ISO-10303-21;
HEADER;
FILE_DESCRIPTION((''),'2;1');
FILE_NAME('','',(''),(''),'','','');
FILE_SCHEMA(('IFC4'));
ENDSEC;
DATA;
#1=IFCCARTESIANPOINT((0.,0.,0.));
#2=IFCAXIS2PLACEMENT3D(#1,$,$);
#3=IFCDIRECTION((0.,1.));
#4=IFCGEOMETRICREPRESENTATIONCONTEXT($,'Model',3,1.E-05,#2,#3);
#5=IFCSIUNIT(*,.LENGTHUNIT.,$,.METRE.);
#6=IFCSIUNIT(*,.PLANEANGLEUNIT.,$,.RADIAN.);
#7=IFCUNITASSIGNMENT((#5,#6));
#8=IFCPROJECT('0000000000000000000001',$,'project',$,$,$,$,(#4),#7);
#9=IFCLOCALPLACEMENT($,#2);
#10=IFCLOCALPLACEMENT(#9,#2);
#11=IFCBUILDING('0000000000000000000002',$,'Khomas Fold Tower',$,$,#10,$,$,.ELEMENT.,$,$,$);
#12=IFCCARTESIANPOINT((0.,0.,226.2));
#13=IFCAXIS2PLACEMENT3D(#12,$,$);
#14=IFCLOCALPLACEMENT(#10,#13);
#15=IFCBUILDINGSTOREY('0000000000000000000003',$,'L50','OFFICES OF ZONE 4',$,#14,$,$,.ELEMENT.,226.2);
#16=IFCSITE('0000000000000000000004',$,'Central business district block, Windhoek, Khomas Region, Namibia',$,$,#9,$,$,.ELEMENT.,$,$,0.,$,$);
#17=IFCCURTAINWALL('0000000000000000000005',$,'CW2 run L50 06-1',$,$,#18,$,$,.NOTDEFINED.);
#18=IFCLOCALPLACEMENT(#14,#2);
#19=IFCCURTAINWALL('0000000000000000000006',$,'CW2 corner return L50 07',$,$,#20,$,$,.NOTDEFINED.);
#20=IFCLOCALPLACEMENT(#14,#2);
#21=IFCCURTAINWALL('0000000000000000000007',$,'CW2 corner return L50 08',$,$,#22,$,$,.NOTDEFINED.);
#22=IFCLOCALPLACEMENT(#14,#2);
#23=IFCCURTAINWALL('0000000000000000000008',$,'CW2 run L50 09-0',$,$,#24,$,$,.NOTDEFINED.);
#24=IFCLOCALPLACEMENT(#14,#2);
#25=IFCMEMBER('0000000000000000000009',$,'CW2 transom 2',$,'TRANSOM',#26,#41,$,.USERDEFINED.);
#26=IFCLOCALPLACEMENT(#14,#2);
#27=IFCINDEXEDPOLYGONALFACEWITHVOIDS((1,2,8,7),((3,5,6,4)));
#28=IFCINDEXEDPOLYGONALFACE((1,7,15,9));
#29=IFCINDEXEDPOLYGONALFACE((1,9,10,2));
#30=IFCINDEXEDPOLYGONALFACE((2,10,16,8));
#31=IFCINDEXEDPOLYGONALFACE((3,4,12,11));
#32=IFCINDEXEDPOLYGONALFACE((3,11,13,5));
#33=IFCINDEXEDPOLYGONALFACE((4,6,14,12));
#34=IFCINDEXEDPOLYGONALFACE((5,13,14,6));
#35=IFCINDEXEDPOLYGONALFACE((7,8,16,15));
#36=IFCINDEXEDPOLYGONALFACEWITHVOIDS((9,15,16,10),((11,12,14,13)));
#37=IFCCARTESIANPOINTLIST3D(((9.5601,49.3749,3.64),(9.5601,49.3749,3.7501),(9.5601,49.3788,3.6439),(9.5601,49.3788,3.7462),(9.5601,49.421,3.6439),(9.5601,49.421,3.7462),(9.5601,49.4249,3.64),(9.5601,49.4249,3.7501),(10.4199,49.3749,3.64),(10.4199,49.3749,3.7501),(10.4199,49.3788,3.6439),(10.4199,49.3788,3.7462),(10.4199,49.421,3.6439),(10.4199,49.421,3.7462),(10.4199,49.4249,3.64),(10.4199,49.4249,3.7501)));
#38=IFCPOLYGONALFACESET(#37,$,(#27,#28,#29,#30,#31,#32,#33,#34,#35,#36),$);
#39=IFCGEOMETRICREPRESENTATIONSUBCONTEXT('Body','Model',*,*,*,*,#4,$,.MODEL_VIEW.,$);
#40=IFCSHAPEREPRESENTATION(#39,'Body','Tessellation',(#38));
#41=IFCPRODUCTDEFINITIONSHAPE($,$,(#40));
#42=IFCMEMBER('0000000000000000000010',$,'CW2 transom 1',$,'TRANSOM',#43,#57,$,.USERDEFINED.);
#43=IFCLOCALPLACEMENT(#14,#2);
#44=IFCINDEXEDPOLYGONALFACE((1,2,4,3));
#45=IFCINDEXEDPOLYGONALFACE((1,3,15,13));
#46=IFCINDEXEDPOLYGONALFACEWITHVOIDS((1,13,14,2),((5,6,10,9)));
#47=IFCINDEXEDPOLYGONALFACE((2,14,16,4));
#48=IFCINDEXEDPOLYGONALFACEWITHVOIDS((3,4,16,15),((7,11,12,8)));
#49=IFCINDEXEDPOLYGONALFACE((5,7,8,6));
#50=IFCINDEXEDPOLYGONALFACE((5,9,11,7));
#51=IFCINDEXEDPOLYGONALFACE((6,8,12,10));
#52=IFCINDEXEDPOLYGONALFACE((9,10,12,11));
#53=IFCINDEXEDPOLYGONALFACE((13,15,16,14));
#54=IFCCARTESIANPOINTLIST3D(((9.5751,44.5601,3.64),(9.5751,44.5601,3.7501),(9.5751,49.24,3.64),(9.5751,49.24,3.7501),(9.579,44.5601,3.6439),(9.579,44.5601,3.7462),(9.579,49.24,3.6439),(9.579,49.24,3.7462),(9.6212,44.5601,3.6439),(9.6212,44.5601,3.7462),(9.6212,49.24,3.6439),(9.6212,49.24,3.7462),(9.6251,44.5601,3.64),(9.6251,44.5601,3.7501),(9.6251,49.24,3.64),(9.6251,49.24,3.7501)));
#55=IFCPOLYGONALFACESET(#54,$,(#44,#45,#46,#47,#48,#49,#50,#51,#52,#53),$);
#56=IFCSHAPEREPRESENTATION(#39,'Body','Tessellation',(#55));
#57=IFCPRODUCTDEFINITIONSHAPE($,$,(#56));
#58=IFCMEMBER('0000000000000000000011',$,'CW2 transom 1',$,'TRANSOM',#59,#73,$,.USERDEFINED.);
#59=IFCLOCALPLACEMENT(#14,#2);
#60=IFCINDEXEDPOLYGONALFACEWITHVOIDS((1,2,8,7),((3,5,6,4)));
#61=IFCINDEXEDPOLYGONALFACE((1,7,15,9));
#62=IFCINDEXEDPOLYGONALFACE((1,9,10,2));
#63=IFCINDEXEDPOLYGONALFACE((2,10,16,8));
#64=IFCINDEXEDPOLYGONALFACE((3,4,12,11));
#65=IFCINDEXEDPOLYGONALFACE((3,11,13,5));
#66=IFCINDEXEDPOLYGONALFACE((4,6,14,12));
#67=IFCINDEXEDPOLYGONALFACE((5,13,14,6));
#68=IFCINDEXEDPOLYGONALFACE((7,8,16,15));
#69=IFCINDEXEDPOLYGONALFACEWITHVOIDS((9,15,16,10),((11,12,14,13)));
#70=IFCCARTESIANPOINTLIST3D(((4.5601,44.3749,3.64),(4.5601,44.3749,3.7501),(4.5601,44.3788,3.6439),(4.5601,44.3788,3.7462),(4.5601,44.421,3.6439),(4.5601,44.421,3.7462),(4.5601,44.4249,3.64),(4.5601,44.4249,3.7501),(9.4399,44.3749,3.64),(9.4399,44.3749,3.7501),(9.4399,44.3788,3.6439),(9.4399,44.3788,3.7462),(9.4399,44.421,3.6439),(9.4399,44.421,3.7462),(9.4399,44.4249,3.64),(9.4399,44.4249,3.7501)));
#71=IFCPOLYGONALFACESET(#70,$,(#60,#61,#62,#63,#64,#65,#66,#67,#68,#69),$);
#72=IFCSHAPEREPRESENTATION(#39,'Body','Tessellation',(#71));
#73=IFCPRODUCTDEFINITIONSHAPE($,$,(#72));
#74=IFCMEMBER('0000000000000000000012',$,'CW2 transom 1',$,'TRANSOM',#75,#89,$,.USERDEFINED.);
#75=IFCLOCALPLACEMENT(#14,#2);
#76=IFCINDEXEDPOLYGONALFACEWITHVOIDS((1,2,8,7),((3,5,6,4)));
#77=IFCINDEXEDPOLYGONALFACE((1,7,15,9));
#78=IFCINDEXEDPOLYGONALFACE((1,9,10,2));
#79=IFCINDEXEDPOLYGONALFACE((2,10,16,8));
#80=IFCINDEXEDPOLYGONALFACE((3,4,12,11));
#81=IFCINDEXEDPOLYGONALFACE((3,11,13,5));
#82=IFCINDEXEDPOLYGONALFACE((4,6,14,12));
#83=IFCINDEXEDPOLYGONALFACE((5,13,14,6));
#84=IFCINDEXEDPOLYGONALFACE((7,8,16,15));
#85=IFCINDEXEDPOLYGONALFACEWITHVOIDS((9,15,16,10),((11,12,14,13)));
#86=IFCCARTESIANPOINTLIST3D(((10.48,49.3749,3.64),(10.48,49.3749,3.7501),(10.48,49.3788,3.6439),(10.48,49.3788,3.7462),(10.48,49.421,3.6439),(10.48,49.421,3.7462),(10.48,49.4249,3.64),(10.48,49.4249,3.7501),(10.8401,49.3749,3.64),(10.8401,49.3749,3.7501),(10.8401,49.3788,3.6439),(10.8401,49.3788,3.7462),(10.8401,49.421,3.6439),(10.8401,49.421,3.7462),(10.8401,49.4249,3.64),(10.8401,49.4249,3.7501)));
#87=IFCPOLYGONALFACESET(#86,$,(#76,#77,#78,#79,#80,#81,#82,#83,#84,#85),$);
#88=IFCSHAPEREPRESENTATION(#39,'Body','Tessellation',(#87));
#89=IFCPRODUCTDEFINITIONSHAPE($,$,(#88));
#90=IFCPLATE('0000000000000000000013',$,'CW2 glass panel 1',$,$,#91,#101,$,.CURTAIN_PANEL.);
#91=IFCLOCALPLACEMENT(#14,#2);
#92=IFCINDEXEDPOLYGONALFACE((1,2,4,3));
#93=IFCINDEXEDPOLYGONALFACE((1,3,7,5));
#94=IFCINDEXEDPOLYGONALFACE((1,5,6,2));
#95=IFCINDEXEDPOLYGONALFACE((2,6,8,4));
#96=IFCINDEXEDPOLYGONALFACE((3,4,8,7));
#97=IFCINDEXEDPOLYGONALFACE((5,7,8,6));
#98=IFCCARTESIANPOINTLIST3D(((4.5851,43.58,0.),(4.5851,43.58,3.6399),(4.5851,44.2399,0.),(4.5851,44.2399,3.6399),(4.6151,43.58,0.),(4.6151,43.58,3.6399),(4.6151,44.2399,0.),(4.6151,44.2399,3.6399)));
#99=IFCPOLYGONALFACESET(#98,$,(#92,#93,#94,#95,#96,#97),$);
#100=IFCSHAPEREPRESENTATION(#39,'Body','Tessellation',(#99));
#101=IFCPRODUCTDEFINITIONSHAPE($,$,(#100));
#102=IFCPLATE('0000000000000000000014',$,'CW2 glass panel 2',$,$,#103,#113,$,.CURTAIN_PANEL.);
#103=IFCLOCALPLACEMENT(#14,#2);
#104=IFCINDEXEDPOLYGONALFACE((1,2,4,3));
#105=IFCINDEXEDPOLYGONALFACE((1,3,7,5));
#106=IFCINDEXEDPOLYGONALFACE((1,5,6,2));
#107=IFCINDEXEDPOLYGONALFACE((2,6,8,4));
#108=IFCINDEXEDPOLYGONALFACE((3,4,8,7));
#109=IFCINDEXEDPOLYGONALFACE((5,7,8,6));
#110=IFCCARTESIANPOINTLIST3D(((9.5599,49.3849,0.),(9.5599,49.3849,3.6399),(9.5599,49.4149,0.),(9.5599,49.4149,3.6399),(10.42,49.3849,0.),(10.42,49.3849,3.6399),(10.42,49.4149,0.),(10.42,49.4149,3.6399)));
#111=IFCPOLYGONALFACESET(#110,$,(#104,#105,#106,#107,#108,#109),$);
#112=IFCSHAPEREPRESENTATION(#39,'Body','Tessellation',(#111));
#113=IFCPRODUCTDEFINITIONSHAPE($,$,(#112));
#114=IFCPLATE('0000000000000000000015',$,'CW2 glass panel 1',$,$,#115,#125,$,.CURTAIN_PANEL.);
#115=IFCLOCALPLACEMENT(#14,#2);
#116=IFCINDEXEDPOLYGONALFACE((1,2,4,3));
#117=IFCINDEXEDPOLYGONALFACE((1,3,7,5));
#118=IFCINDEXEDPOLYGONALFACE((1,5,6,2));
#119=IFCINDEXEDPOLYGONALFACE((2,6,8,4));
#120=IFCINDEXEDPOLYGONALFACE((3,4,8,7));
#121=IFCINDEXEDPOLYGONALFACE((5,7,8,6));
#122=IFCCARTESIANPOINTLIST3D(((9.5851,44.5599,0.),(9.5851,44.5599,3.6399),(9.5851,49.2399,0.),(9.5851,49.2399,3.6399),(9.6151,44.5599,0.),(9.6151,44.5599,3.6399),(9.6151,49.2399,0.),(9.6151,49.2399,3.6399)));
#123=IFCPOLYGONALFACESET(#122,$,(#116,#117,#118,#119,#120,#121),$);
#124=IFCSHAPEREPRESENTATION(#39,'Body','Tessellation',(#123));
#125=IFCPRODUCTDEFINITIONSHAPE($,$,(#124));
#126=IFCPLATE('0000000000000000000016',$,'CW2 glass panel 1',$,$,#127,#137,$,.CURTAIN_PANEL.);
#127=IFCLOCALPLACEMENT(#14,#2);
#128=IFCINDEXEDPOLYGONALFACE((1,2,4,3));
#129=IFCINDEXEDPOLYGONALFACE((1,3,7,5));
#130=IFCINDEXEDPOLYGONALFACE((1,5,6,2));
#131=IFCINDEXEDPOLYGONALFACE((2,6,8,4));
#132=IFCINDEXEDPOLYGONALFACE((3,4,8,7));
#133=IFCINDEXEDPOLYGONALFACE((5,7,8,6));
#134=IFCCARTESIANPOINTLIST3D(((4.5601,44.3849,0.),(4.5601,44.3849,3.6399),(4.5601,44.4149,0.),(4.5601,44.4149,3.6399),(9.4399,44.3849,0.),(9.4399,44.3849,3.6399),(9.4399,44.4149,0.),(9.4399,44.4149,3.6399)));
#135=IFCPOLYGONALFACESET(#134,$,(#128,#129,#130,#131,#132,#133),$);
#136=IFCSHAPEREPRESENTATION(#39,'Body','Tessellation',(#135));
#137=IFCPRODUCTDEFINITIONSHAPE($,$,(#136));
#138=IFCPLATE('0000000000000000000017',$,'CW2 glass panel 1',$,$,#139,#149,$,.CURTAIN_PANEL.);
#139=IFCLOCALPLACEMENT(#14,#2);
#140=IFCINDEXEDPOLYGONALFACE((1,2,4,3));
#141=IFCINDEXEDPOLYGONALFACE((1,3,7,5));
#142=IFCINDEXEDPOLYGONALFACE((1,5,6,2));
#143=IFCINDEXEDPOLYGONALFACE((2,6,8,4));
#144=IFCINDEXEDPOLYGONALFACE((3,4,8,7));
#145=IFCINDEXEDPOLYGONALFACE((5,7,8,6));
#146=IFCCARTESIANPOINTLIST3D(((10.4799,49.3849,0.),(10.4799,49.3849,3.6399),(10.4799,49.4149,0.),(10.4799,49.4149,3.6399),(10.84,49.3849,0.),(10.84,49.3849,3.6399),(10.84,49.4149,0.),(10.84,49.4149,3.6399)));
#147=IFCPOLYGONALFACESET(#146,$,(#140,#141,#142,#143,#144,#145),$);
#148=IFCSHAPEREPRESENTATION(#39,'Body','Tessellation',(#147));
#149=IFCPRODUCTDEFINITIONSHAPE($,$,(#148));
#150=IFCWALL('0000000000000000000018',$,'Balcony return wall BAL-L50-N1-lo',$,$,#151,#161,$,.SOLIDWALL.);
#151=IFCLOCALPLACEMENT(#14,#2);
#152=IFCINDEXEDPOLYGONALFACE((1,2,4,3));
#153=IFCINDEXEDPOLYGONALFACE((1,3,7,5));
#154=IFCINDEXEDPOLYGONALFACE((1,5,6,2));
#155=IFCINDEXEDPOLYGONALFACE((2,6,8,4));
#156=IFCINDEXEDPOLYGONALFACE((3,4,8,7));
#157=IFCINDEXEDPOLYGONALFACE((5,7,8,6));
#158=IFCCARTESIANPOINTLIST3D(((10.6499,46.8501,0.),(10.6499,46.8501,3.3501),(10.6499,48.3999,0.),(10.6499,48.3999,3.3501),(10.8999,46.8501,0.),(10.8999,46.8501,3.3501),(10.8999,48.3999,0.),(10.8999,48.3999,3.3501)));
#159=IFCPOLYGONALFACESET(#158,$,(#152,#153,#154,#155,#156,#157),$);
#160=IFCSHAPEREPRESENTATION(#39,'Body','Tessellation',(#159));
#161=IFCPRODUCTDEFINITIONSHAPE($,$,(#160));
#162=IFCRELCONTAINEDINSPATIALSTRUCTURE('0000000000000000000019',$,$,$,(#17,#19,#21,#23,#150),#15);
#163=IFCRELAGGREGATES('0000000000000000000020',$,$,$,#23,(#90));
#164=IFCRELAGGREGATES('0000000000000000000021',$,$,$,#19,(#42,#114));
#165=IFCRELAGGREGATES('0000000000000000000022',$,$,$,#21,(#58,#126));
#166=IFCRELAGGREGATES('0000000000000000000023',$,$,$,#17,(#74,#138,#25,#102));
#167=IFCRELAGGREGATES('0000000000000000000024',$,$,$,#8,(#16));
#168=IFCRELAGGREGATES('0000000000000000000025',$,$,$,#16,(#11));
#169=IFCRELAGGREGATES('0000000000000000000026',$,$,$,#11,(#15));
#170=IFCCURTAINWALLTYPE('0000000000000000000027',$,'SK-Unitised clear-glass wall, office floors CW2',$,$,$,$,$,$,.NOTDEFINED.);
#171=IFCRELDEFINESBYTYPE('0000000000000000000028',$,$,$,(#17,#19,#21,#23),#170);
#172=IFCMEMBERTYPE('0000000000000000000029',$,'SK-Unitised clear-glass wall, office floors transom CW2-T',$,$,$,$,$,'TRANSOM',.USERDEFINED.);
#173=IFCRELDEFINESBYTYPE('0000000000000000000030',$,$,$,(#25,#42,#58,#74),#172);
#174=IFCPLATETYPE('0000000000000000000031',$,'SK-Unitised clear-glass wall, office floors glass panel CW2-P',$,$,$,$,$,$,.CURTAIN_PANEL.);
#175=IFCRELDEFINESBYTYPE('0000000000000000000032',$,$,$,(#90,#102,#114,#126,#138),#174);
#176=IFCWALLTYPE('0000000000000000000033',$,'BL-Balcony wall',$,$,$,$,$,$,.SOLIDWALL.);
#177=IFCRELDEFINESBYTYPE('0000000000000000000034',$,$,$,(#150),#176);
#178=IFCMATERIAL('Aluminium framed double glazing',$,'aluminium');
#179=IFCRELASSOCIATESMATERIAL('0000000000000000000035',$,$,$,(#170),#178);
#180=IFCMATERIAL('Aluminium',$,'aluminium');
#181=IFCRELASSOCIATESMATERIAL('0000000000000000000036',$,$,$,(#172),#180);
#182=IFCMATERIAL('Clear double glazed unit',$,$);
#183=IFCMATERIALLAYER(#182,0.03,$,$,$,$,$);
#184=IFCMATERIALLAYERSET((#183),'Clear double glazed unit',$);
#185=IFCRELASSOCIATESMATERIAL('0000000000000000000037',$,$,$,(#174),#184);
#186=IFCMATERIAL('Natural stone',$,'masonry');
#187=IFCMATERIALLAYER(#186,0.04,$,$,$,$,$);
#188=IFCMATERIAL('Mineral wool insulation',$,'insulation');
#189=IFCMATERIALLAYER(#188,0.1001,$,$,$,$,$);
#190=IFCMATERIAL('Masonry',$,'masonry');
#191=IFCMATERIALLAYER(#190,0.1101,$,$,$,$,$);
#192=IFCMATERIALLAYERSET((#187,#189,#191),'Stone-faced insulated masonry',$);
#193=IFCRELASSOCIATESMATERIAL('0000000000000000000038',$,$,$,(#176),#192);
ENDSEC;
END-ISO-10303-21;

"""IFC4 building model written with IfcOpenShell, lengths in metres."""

from ifc_helpers import new_model, si_unit, direction, frame, frame_2d, origin, origin_2d, place, context, subcontext, project, spatial, rectangle, hollow_rectangle, extrude, source, transform, mapped, material, layer, layer_set, material_profile, profile_set, type_object, element, aggregate, save


model = new_model("IFC4")

# Units and contexts
model_context = context("Model", 3, precision=1e-05, world=origin(), true_north=direction((0.0, 1.0)))
body_context = subcontext(model_context, "Body", "Model", "MODEL_VIEW")
ifc_project = project(units=[si_unit("LENGTHUNIT", "METRE"), si_unit("PLANEANGLEUNIT", "RADIAN")], contexts=[model_context])

# Site, building, storey
site_placement = place(None, origin())
site = spatial("IfcSite", under=ifc_project, at=site_placement, Name="Central business district block, Windhoek, Khomas Region, Namibia", CompositionType="ELEMENT", RefElevation=0.0)
building_placement = place(site_placement, origin())
building = spatial("IfcBuilding", under=site, at=building_placement, Name="Khomas Fold Tower", CompositionType="ELEMENT")
storey_placement = place(building_placement, frame((0.0, 0.0, 226.2)))
storey = spatial("IfcBuildingStorey", under=building, at=storey_placement, Name="L50", Description="OFFICES OF ZONE 4", CompositionType="ELEMENT", Elevation=226.2)

# Curtain walls
ifc_material_1 = material(Name="Aluminium framed double glazing", Category="aluminium")
curtain_wall_type = type_object("IfcCurtainWallType", Name="SK-Unitised clear-glass wall, office floors CW2", PredefinedType="NOTDEFINED", material=ifc_material_1)
curtain_wall_1_placement = place(storey_placement, origin())
curtain_wall_1 = element("IfcCurtainWall", 1, at=curtain_wall_1_placement, inside=storey, type_object=curtain_wall_type, Name="CW2 run L50 06-1", PredefinedType="NOTDEFINED")
curtain_wall_2_placement = place(storey_placement, origin())
curtain_wall_2 = element("IfcCurtainWall", 2, at=curtain_wall_2_placement, inside=storey, type_object=curtain_wall_type, Name="CW2 corner return L50 07", PredefinedType="NOTDEFINED")
curtain_wall_3_placement = place(storey_placement, origin())
curtain_wall_3 = element("IfcCurtainWall", 3, at=curtain_wall_3_placement, inside=storey, type_object=curtain_wall_type, Name="CW2 corner return L50 08", PredefinedType="NOTDEFINED")

# Curtain wall
curtain_wall_4_placement = place(storey_placement, origin())
curtain_wall_4 = element("IfcCurtainWall", 4, at=curtain_wall_4_placement, inside=storey, type_object=curtain_wall_type, Name="CW2 run L50 09-0", PredefinedType="NOTDEFINED")
ifc_material_2 = material(Name="Aluminium", Category="aluminium")
ifc_material_profile_1 = material_profile(ifc_material_2, hollow_rectangle(XDim=0.05, YDim=0.1101, WallThickness=0.0039, at=origin_2d()), Name="SK-Unitised clear-glass wall, office floors transom CW2-T")
ifc_profile_set_1 = profile_set([ifc_material_profile_1], Name="Aluminium")
member_type_1 = type_object("IfcMemberType", Name="SK-Unitised clear-glass wall, office floors transom CW2-T", ElementType="TRANSOM", PredefinedType="USERDEFINED", material=ifc_profile_set_1)

# Members
shared_shape_1 = source(origin(), body_context, "Body", "SweptSolid", [
    extrude(hollow_rectangle(XDim=0.05, YDim=0.1101, WallThickness=0.0039, at=origin_2d()), origin(), (0.0, 0.0, 1.0), 0.8599),
])
member_1_placement = place(storey_placement, frame((10.4199, 49.3999, 3.6951), z_axis=(-1.0, 0.0, 0.0), x_axis=(0.0, -1.0, 0.0)))
member_1 = element("IfcMember", 5, at=member_1_placement, type_object=member_type_1, Name="CW2 transom 2", ObjectType="TRANSOM", PredefinedType="USERDEFINED", context=body_context, shape_type="MappedRepresentation", body=[
    mapped(shared_shape_1, transform((0.0, 0.0, 0.0))),
])
shared_shape_2 = source(origin(), body_context, "Body", "SweptSolid", [
    extrude(hollow_rectangle(XDim=0.05, YDim=0.1101, WallThickness=0.0039, at=origin_2d()), origin(), (0.0, 0.0, 1.0), 4.6799),
])
member_2_placement = place(storey_placement, frame((9.6001, 49.24, 3.6951), z_axis=(0.0, -1.0, 0.0), x_axis=(1.0, 0.0, 0.0)))
member_2 = element("IfcMember", 6, at=member_2_placement, type_object=member_type_1, Name="CW2 transom 1", ObjectType="TRANSOM", PredefinedType="USERDEFINED", context=body_context, shape_type="MappedRepresentation", body=[
    mapped(shared_shape_2, transform((0.0, 0.0, 0.0))),
])
shared_shape_3 = source(origin(), body_context, "Body", "SweptSolid", [
    extrude(hollow_rectangle(XDim=0.05, YDim=0.1101, WallThickness=0.0039, at=origin_2d()), origin(), (0.0, 0.0, 1.0), 4.8799),
])
member_3_placement = place(storey_placement, frame((9.4399, 44.3999, 3.6951), z_axis=(-1.0, 0.0, 0.0), x_axis=(0.0, -1.0, 0.0)))
member_3 = element("IfcMember", 7, at=member_3_placement, type_object=member_type_1, Name="CW2 transom 1", ObjectType="TRANSOM", PredefinedType="USERDEFINED", context=body_context, shape_type="MappedRepresentation", body=[
    mapped(shared_shape_3, transform((0.0, 0.0, 0.0))),
])
shared_shape_4 = source(origin(), body_context, "Body", "SweptSolid", [
    extrude(hollow_rectangle(XDim=0.05, YDim=0.1101, WallThickness=0.0039, at=origin_2d()), origin(), (0.0, 0.0, 1.0), 0.3601),
])
member_4_placement = place(storey_placement, frame((10.8401, 49.3999, 3.6951), z_axis=(-1.0, 0.0, 0.0), x_axis=(0.0, -1.0, 0.0)))
member_4 = element("IfcMember", 8, at=member_4_placement, type_object=member_type_1, Name="CW2 transom 1", ObjectType="TRANSOM", PredefinedType="USERDEFINED", context=body_context, shape_type="MappedRepresentation", body=[
    mapped(shared_shape_4, transform((0.0, 0.0, 0.0))),
])

# Plates
ifc_material_3 = material(Name="Clear double glazed unit")
ifc_layer_1 = layer(ifc_material_3, 0.03)
ifc_layer_set_1 = layer_set([ifc_layer_1], Name="Clear double glazed unit")
plate_type = type_object("IfcPlateType", Name="SK-Unitised clear-glass wall, office floors glass panel CW2-P", PredefinedType="CURTAIN_PANEL", material=ifc_layer_set_1)
shared_shape_5 = source(origin(), body_context, "Body", "SweptSolid", [
    extrude(rectangle(XDim=0.6599, YDim=0.03, at=origin_2d()), origin(), (0.0, 0.0, 1.0), 3.6399),
])
plate_1_placement = place(storey_placement, frame((4.6001, 43.9099, 0.0), z_axis=(0.0, 0.0, 1.0), x_axis=(0.0, -1.0, 0.0)))
plate_1 = element("IfcPlate", 9, at=plate_1_placement, type_object=plate_type, Name="CW2 glass panel 1", PredefinedType="CURTAIN_PANEL", context=body_context, shape_type="MappedRepresentation", body=[
    mapped(shared_shape_5, transform((0.0, 0.0, 0.0))),
])
aggregate(curtain_wall_4, [plate_1])
shared_shape_6 = source(origin(), body_context, "Body", "SweptSolid", [
    extrude(rectangle(XDim=0.8601, YDim=0.03, at=origin_2d()), origin(), (0.0, 0.0, 1.0), 3.6399),
])
plate_2_placement = place(storey_placement, frame((9.99, 49.3999, 0.0), z_axis=(0.0, 0.0, 1.0), x_axis=(-1.0, 0.0, 0.0)))
plate_2 = element("IfcPlate", 10, at=plate_2_placement, type_object=plate_type, Name="CW2 glass panel 2", PredefinedType="CURTAIN_PANEL", context=body_context, shape_type="MappedRepresentation", body=[
    mapped(shared_shape_6, transform((0.0, 0.0, 0.0))),
])
shared_shape_7 = source(origin(), body_context, "Body", "SweptSolid", [
    extrude(rectangle(XDim=4.6799, YDim=0.03, at=origin_2d()), origin(), (0.0, 0.0, 1.0), 3.6399),
])
plate_3_placement = place(storey_placement, frame((9.6001, 46.8999, 0.0), z_axis=(0.0, 0.0, 1.0), x_axis=(0.0, -1.0, 0.0)))
plate_3 = element("IfcPlate", 11, at=plate_3_placement, type_object=plate_type, Name="CW2 glass panel 1", PredefinedType="CURTAIN_PANEL", context=body_context, shape_type="MappedRepresentation", body=[
    mapped(shared_shape_7, transform((0.0, 0.0, 0.0))),
])
aggregate(curtain_wall_2, [member_2, plate_3])
shared_shape_8 = source(origin(), body_context, "Body", "SweptSolid", [
    extrude(rectangle(XDim=4.8799, YDim=0.03, at=origin_2d()), origin(), (0.0, 0.0, 1.0), 3.6399),
])
plate_4_placement = place(storey_placement, frame((7.0, 44.3999, 0.0), z_axis=(0.0, 0.0, 1.0), x_axis=(-1.0, 0.0, 0.0)))
plate_4 = element("IfcPlate", 12, at=plate_4_placement, type_object=plate_type, Name="CW2 glass panel 1", PredefinedType="CURTAIN_PANEL", context=body_context, shape_type="MappedRepresentation", body=[
    mapped(shared_shape_8, transform((0.0, 0.0, 0.0))),
])
aggregate(curtain_wall_3, [member_3, plate_4])
shared_shape_9 = source(origin(), body_context, "Body", "SweptSolid", [
    extrude(rectangle(XDim=0.3601, YDim=0.03, at=origin_2d()), origin(), (0.0, 0.0, 1.0), 3.6399),
])
plate_5_placement = place(storey_placement, frame((10.6599, 49.3999, 0.0), z_axis=(0.0, 0.0, 1.0), x_axis=(-1.0, 0.0, 0.0)))
plate_5 = element("IfcPlate", 13, at=plate_5_placement, type_object=plate_type, Name="CW2 glass panel 1", PredefinedType="CURTAIN_PANEL", context=body_context, shape_type="MappedRepresentation", body=[
    mapped(shared_shape_9, transform((0.0, 0.0, 0.0))),
])
aggregate(curtain_wall_1, [member_4, plate_5, member_1, plate_2])

# Wall
ifc_material_4 = material(Name="Natural stone", Category="masonry")
ifc_layer_2 = layer(ifc_material_4, 0.04)
ifc_material_5 = material(Name="Mineral wool insulation", Category="insulation")
ifc_layer_3 = layer(ifc_material_5, 0.1001)
ifc_material_6 = material(Name="Masonry", Category="masonry")
ifc_layer_4 = layer(ifc_material_6, 0.1101)
ifc_layer_set_2 = layer_set([ifc_layer_2, ifc_layer_3, ifc_layer_4], Name="Stone-faced insulated masonry")
wall_type = type_object("IfcWallType", Name="BL-Balcony wall", PredefinedType="SOLIDWALL", material=ifc_layer_set_2)
shared_shape_10 = source(origin(), body_context, "Body", "SweptSolid", [
    extrude(rectangle(XDim=1.5498, YDim=0.25, at=frame_2d((0.7749, 0.0))), origin(), (0.0, 0.0, 1.0), 3.3501),
])
wall_placement = place(storey_placement, frame((10.7749, 48.3999, 0.0), z_axis=(0.0, 0.0, 1.0), x_axis=(0.0, -1.0, 0.0)))
element("IfcWall", 14, at=wall_placement, inside=storey, type_object=wall_type, Name="Balcony return wall BAL-L50-N1-lo", PredefinedType="SOLIDWALL", context=body_context, shape_type="MappedRepresentation", body=[
    mapped(shared_shape_10, transform((0.0, 0.0, 0.0))),
])

save(model, "model.ifc")
